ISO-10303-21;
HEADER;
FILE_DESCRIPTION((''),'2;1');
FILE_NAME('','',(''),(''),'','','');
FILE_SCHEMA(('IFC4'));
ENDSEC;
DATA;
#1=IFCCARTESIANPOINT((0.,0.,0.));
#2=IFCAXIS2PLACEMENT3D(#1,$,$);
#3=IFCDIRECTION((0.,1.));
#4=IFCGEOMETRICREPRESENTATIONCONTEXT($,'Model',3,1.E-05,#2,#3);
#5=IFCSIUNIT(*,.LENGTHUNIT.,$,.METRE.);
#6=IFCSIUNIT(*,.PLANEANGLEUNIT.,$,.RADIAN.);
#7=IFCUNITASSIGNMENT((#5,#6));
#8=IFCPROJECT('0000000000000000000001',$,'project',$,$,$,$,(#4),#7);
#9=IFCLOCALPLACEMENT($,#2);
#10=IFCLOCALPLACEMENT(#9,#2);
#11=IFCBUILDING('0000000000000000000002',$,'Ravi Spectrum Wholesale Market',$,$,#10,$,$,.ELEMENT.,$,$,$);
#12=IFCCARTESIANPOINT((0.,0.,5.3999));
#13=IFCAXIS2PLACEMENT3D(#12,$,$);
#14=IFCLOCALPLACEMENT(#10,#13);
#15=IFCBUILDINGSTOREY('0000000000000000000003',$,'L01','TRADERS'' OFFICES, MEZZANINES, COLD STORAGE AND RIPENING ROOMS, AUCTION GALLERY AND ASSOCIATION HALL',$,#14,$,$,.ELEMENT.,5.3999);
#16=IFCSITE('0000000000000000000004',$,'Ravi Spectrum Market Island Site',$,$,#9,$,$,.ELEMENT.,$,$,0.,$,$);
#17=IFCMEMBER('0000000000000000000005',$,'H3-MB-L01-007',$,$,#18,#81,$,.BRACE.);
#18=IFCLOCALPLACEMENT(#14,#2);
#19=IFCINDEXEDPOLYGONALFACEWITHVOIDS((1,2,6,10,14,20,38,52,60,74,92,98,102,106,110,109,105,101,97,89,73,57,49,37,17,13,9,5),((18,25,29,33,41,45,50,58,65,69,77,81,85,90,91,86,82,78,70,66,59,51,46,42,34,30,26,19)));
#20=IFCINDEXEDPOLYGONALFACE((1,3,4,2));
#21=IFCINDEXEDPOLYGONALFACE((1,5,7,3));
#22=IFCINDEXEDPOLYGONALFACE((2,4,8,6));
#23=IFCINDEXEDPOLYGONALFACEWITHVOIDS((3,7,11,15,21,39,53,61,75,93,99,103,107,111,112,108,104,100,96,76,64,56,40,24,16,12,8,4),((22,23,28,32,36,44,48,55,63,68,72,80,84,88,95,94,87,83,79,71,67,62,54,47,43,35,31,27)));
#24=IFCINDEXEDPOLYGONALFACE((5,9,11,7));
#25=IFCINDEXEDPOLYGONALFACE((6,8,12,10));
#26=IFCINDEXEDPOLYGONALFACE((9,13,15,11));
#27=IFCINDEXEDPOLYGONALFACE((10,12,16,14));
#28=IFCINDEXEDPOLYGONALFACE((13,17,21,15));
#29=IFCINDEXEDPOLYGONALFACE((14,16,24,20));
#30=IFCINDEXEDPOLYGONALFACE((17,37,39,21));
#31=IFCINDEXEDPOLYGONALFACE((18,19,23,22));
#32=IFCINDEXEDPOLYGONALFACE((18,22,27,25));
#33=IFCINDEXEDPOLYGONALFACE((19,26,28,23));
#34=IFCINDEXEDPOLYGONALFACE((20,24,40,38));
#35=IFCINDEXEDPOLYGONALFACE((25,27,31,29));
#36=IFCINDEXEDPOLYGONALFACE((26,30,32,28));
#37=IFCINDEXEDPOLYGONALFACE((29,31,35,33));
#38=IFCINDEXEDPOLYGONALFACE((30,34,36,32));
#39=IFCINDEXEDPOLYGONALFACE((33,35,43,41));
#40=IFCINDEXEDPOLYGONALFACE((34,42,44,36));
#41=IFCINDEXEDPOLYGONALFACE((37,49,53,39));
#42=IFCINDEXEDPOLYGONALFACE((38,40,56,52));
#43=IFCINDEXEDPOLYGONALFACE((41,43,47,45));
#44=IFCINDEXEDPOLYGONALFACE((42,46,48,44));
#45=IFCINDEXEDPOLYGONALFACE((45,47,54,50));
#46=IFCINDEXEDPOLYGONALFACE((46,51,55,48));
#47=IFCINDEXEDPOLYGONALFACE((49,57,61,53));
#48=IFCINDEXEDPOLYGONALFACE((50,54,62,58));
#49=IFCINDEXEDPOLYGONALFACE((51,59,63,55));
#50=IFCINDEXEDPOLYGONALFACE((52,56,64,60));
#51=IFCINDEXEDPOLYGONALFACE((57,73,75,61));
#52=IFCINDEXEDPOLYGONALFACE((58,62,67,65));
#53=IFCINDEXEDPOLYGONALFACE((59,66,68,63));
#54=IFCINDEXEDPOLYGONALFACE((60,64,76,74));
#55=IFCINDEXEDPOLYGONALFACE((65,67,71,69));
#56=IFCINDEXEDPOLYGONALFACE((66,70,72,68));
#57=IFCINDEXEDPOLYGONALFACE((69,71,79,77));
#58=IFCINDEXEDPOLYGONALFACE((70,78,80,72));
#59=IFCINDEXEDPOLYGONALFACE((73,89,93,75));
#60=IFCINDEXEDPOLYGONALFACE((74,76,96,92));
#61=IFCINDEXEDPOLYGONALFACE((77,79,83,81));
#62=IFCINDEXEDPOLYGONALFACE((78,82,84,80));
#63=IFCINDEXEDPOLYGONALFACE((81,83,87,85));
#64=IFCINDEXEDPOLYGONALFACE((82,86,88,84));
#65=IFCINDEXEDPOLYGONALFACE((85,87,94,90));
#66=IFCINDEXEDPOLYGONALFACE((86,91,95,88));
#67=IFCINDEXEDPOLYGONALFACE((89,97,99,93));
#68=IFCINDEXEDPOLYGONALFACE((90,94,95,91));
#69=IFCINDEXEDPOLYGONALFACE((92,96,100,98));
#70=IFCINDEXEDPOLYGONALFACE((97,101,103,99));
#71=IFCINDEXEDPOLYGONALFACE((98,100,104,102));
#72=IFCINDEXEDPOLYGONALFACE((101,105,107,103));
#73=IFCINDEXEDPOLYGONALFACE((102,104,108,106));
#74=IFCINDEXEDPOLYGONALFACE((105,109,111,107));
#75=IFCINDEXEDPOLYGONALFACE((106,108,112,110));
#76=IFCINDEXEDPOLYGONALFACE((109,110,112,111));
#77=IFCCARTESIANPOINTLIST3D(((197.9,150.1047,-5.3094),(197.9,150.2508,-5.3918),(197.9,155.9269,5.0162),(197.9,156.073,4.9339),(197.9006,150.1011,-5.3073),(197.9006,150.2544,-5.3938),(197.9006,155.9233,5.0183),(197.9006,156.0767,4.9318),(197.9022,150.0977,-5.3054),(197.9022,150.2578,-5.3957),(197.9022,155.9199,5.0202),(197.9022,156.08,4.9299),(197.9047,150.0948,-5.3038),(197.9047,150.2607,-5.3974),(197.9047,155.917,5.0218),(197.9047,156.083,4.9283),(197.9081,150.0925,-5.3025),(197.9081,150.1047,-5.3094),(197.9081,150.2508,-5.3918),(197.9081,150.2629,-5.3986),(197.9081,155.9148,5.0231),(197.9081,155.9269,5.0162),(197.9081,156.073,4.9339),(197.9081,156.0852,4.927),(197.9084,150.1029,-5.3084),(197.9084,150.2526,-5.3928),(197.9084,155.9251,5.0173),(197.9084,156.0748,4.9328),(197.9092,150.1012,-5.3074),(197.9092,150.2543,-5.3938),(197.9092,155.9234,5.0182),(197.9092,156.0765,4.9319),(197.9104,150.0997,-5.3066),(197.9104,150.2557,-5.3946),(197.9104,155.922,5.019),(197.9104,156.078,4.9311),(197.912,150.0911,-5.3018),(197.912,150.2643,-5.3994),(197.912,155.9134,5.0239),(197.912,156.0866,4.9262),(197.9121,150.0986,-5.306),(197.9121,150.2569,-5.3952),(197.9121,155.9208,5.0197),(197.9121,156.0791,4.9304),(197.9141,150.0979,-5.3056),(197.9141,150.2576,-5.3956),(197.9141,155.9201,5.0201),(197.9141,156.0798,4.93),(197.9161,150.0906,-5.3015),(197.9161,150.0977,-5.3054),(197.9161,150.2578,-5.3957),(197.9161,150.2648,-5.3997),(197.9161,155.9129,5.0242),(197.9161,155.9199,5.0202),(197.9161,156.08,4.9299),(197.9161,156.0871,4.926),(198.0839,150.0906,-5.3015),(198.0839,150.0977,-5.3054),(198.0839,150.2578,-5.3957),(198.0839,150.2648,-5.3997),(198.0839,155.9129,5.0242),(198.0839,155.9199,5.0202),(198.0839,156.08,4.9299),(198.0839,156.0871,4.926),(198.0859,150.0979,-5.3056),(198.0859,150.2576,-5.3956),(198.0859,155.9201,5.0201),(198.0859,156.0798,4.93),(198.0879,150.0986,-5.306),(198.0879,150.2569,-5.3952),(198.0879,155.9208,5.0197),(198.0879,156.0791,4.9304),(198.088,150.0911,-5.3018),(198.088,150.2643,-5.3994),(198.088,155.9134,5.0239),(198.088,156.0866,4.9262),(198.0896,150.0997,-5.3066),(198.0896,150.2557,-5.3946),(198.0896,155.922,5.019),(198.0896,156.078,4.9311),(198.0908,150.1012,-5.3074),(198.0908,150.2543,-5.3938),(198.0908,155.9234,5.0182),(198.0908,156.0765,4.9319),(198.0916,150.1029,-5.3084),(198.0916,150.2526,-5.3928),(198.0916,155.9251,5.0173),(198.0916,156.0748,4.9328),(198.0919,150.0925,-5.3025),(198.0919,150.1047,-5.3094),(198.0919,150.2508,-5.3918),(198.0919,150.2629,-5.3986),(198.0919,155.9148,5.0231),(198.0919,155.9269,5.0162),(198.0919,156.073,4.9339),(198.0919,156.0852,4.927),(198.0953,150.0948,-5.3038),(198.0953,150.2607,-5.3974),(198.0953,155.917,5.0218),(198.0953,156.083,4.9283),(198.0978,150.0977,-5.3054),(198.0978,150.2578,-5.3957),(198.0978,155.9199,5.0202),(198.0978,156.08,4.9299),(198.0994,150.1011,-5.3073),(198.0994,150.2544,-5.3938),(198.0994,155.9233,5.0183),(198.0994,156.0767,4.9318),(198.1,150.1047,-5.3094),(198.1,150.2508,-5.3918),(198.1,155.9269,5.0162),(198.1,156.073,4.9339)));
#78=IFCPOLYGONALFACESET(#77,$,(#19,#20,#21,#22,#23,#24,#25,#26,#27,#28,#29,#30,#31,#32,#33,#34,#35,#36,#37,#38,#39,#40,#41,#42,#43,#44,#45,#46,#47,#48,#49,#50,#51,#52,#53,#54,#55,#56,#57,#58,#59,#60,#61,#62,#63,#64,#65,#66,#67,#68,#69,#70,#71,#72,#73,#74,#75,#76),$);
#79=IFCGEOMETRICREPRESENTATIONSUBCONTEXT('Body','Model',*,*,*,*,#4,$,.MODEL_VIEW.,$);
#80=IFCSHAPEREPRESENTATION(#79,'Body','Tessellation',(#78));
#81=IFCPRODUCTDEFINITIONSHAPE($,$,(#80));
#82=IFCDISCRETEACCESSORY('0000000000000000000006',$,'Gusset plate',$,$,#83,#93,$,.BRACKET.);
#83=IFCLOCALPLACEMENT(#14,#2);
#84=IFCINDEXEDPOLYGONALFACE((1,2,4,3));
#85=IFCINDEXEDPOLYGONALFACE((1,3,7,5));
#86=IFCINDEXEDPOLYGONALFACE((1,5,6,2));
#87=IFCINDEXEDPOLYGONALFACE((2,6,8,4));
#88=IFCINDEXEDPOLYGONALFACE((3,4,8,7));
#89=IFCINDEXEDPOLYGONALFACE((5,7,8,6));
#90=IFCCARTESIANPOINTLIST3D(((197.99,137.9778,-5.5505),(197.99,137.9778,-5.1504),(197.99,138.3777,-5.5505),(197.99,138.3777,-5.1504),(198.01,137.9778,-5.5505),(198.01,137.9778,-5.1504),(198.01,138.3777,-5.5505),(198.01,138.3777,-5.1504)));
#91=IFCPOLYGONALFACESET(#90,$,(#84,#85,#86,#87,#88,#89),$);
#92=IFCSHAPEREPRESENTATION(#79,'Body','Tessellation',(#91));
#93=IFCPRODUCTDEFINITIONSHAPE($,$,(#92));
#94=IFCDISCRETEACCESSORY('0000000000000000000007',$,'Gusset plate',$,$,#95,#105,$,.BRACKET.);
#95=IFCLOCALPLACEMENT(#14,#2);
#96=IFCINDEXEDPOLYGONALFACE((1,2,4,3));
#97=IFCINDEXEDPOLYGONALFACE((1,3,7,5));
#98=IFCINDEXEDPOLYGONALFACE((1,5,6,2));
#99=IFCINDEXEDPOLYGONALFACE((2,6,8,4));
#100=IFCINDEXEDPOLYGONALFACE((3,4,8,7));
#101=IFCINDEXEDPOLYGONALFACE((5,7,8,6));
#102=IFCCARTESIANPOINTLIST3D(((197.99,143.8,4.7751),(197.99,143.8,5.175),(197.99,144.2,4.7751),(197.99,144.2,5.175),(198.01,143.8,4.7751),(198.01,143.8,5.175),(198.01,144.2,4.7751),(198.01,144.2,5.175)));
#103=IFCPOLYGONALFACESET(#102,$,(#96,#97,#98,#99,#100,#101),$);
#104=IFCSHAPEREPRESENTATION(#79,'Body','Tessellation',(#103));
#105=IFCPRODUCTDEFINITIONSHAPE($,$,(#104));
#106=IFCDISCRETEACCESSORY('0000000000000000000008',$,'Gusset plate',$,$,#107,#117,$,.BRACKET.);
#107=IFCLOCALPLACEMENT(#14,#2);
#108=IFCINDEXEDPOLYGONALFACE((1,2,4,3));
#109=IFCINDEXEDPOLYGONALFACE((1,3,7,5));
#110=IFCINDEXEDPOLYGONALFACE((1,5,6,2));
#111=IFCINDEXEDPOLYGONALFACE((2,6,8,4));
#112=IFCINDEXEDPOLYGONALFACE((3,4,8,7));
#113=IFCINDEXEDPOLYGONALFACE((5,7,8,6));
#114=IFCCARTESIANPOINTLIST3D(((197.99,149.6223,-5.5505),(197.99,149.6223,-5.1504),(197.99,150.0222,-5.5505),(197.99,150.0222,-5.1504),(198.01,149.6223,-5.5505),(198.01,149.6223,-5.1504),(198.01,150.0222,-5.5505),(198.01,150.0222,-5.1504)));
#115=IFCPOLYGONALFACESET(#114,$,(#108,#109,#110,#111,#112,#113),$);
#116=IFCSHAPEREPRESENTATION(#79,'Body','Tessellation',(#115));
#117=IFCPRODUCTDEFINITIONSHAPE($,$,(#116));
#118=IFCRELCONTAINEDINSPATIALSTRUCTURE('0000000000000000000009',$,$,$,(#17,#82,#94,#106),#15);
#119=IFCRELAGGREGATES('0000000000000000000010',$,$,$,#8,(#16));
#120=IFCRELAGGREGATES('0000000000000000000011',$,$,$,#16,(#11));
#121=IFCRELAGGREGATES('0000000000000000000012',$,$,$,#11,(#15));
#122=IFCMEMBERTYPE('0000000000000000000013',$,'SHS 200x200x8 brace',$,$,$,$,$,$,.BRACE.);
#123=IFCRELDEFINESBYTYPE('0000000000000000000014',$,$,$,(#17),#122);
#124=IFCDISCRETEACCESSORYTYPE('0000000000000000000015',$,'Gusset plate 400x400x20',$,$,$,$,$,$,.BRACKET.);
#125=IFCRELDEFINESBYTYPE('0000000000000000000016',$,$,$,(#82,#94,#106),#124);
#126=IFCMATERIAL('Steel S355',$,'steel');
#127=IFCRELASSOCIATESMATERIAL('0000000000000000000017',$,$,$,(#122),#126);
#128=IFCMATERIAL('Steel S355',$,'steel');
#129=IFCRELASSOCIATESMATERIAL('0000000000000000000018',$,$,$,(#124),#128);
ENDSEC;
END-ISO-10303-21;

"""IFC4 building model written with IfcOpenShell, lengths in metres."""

from ifc_helpers import new_model, si_unit, direction, frame, origin, origin_2d, place, context, subcontext, project, spatial, rectangle, hollow_rectangle, extrude, material, material_profile, profile_set, type_object, element, save


model = new_model("IFC4")

# Units and contexts
model_context = context("Model", 3, precision=1e-05, world=origin(), true_north=direction((0.0, 1.0)))
body_context = subcontext(model_context, "Body", "Model", "MODEL_VIEW")
ifc_project = project(units=[si_unit("LENGTHUNIT", "METRE"), si_unit("PLANEANGLEUNIT", "RADIAN")], contexts=[model_context])

# Site, building, storey
site_placement = place(None, origin())
site = spatial("IfcSite", under=ifc_project, at=site_placement, Name="Ravi Spectrum Market Island Site", CompositionType="ELEMENT", RefElevation=0.0)
building_placement = place(site_placement, origin())
building = spatial("IfcBuilding", under=site, at=building_placement, Name="Ravi Spectrum Wholesale Market", CompositionType="ELEMENT")
storey_placement = place(building_placement, frame((0.0, 0.0, 5.3999)))
storey = spatial("IfcBuildingStorey", under=building, at=storey_placement, Name="L01", Description="TRADERS' OFFICES, MEZZANINES, COLD STORAGE AND RIPENING ROOMS, AUCTION GALLERY AND ASSOCIATION HALL", CompositionType="ELEMENT", Elevation=5.3999)

# Member
ifc_material_1 = material(Name="Steel S355", Category="steel")
ifc_material_profile_1 = material_profile(ifc_material_1, hollow_rectangle(XDim=0.2, YDim=0.2, WallThickness=0.0081, InnerFilletRadius=0.0081, OuterFilletRadius=0.0161, at=origin_2d()))
ifc_profile_set_1 = profile_set([ifc_material_profile_1], Name="Steel S355")
member_type_1 = type_object("IfcMemberType", Name="SHS 200x200x8 brace", PredefinedType="BRACE", material=ifc_profile_set_1)
for number, where, z_axis, x_axis, name in (
    (1, (198.0, 150.1777, -5.3506), (0.0, 0.491163, 0.871068), (-1.0, 0.0, 0.0), "H3-MB-L01-007"),
):
    element("IfcMember", number, at=place(storey_placement, frame(where, z_axis=z_axis, x_axis=x_axis)), inside=storey, type_object=member_type_1, Name=name, PredefinedType="BRACE", context=body_context, shape_type="SweptSolid", body=[
        extrude(hollow_rectangle(XDim=0.2, YDim=0.2, WallThickness=0.0081, InnerFilletRadius=0.0081, OuterFilletRadius=0.0161, at=origin_2d()), origin(), (0.0, 0.0, 1.0), 11.854),
    ])

# Discrete accessories
ifc_material_2 = material(Name="Steel S355", Category="steel")
ifc_material_profile_2 = material_profile(ifc_material_2, rectangle(XDim=0.3999, YDim=0.02, at=origin_2d()))
ifc_profile_set_2 = profile_set([ifc_material_profile_2], Name="Steel S355")
discrete_accessory_type = type_object("IfcDiscreteAccessoryType", Name="Gusset plate 400x400x20", PredefinedType="BRACKET", material=ifc_profile_set_2)
discrete_accessory_1_placement = place(storey_placement, frame((198.0, 138.1777, -5.5505), z_axis=(0.0, 0.0, 1.0), x_axis=(0.0, 1.0, 0.0)))
element("IfcDiscreteAccessory", 2, at=discrete_accessory_1_placement, inside=storey, type_object=discrete_accessory_type, Name="Gusset plate", PredefinedType="BRACKET", context=body_context, shape_type="SweptSolid", body=[
    extrude(rectangle(XDim=0.3999, YDim=0.02, at=origin_2d()), origin(), (0.0, 0.0, 1.0), 0.4001),
])
discrete_accessory_2_placement = place(storey_placement, frame((198.0, 144.0, 4.7751), z_axis=(0.0, 0.0, 1.0), x_axis=(0.0, 1.0, 0.0)))
element("IfcDiscreteAccessory", 3, at=discrete_accessory_2_placement, inside=storey, type_object=discrete_accessory_type, Name="Gusset plate", PredefinedType="BRACKET", context=body_context, shape_type="SweptSolid", body=[
    extrude(rectangle(XDim=0.3999, YDim=0.02, at=origin_2d()), origin(), (0.0, 0.0, 1.0), 0.3999),
])
discrete_accessory_3_placement = place(storey_placement, frame((198.0, 149.8223, -5.5505), z_axis=(0.0, 0.0, 1.0), x_axis=(0.0, -1.0, 0.0)))
element("IfcDiscreteAccessory", 4, at=discrete_accessory_3_placement, inside=storey, type_object=discrete_accessory_type, Name="Gusset plate", PredefinedType="BRACKET", context=body_context, shape_type="SweptSolid", body=[
    extrude(rectangle(XDim=0.3999, YDim=0.02, at=origin_2d()), origin(), (0.0, 0.0, 1.0), 0.4001),
])

save(model, "model.ifc")
